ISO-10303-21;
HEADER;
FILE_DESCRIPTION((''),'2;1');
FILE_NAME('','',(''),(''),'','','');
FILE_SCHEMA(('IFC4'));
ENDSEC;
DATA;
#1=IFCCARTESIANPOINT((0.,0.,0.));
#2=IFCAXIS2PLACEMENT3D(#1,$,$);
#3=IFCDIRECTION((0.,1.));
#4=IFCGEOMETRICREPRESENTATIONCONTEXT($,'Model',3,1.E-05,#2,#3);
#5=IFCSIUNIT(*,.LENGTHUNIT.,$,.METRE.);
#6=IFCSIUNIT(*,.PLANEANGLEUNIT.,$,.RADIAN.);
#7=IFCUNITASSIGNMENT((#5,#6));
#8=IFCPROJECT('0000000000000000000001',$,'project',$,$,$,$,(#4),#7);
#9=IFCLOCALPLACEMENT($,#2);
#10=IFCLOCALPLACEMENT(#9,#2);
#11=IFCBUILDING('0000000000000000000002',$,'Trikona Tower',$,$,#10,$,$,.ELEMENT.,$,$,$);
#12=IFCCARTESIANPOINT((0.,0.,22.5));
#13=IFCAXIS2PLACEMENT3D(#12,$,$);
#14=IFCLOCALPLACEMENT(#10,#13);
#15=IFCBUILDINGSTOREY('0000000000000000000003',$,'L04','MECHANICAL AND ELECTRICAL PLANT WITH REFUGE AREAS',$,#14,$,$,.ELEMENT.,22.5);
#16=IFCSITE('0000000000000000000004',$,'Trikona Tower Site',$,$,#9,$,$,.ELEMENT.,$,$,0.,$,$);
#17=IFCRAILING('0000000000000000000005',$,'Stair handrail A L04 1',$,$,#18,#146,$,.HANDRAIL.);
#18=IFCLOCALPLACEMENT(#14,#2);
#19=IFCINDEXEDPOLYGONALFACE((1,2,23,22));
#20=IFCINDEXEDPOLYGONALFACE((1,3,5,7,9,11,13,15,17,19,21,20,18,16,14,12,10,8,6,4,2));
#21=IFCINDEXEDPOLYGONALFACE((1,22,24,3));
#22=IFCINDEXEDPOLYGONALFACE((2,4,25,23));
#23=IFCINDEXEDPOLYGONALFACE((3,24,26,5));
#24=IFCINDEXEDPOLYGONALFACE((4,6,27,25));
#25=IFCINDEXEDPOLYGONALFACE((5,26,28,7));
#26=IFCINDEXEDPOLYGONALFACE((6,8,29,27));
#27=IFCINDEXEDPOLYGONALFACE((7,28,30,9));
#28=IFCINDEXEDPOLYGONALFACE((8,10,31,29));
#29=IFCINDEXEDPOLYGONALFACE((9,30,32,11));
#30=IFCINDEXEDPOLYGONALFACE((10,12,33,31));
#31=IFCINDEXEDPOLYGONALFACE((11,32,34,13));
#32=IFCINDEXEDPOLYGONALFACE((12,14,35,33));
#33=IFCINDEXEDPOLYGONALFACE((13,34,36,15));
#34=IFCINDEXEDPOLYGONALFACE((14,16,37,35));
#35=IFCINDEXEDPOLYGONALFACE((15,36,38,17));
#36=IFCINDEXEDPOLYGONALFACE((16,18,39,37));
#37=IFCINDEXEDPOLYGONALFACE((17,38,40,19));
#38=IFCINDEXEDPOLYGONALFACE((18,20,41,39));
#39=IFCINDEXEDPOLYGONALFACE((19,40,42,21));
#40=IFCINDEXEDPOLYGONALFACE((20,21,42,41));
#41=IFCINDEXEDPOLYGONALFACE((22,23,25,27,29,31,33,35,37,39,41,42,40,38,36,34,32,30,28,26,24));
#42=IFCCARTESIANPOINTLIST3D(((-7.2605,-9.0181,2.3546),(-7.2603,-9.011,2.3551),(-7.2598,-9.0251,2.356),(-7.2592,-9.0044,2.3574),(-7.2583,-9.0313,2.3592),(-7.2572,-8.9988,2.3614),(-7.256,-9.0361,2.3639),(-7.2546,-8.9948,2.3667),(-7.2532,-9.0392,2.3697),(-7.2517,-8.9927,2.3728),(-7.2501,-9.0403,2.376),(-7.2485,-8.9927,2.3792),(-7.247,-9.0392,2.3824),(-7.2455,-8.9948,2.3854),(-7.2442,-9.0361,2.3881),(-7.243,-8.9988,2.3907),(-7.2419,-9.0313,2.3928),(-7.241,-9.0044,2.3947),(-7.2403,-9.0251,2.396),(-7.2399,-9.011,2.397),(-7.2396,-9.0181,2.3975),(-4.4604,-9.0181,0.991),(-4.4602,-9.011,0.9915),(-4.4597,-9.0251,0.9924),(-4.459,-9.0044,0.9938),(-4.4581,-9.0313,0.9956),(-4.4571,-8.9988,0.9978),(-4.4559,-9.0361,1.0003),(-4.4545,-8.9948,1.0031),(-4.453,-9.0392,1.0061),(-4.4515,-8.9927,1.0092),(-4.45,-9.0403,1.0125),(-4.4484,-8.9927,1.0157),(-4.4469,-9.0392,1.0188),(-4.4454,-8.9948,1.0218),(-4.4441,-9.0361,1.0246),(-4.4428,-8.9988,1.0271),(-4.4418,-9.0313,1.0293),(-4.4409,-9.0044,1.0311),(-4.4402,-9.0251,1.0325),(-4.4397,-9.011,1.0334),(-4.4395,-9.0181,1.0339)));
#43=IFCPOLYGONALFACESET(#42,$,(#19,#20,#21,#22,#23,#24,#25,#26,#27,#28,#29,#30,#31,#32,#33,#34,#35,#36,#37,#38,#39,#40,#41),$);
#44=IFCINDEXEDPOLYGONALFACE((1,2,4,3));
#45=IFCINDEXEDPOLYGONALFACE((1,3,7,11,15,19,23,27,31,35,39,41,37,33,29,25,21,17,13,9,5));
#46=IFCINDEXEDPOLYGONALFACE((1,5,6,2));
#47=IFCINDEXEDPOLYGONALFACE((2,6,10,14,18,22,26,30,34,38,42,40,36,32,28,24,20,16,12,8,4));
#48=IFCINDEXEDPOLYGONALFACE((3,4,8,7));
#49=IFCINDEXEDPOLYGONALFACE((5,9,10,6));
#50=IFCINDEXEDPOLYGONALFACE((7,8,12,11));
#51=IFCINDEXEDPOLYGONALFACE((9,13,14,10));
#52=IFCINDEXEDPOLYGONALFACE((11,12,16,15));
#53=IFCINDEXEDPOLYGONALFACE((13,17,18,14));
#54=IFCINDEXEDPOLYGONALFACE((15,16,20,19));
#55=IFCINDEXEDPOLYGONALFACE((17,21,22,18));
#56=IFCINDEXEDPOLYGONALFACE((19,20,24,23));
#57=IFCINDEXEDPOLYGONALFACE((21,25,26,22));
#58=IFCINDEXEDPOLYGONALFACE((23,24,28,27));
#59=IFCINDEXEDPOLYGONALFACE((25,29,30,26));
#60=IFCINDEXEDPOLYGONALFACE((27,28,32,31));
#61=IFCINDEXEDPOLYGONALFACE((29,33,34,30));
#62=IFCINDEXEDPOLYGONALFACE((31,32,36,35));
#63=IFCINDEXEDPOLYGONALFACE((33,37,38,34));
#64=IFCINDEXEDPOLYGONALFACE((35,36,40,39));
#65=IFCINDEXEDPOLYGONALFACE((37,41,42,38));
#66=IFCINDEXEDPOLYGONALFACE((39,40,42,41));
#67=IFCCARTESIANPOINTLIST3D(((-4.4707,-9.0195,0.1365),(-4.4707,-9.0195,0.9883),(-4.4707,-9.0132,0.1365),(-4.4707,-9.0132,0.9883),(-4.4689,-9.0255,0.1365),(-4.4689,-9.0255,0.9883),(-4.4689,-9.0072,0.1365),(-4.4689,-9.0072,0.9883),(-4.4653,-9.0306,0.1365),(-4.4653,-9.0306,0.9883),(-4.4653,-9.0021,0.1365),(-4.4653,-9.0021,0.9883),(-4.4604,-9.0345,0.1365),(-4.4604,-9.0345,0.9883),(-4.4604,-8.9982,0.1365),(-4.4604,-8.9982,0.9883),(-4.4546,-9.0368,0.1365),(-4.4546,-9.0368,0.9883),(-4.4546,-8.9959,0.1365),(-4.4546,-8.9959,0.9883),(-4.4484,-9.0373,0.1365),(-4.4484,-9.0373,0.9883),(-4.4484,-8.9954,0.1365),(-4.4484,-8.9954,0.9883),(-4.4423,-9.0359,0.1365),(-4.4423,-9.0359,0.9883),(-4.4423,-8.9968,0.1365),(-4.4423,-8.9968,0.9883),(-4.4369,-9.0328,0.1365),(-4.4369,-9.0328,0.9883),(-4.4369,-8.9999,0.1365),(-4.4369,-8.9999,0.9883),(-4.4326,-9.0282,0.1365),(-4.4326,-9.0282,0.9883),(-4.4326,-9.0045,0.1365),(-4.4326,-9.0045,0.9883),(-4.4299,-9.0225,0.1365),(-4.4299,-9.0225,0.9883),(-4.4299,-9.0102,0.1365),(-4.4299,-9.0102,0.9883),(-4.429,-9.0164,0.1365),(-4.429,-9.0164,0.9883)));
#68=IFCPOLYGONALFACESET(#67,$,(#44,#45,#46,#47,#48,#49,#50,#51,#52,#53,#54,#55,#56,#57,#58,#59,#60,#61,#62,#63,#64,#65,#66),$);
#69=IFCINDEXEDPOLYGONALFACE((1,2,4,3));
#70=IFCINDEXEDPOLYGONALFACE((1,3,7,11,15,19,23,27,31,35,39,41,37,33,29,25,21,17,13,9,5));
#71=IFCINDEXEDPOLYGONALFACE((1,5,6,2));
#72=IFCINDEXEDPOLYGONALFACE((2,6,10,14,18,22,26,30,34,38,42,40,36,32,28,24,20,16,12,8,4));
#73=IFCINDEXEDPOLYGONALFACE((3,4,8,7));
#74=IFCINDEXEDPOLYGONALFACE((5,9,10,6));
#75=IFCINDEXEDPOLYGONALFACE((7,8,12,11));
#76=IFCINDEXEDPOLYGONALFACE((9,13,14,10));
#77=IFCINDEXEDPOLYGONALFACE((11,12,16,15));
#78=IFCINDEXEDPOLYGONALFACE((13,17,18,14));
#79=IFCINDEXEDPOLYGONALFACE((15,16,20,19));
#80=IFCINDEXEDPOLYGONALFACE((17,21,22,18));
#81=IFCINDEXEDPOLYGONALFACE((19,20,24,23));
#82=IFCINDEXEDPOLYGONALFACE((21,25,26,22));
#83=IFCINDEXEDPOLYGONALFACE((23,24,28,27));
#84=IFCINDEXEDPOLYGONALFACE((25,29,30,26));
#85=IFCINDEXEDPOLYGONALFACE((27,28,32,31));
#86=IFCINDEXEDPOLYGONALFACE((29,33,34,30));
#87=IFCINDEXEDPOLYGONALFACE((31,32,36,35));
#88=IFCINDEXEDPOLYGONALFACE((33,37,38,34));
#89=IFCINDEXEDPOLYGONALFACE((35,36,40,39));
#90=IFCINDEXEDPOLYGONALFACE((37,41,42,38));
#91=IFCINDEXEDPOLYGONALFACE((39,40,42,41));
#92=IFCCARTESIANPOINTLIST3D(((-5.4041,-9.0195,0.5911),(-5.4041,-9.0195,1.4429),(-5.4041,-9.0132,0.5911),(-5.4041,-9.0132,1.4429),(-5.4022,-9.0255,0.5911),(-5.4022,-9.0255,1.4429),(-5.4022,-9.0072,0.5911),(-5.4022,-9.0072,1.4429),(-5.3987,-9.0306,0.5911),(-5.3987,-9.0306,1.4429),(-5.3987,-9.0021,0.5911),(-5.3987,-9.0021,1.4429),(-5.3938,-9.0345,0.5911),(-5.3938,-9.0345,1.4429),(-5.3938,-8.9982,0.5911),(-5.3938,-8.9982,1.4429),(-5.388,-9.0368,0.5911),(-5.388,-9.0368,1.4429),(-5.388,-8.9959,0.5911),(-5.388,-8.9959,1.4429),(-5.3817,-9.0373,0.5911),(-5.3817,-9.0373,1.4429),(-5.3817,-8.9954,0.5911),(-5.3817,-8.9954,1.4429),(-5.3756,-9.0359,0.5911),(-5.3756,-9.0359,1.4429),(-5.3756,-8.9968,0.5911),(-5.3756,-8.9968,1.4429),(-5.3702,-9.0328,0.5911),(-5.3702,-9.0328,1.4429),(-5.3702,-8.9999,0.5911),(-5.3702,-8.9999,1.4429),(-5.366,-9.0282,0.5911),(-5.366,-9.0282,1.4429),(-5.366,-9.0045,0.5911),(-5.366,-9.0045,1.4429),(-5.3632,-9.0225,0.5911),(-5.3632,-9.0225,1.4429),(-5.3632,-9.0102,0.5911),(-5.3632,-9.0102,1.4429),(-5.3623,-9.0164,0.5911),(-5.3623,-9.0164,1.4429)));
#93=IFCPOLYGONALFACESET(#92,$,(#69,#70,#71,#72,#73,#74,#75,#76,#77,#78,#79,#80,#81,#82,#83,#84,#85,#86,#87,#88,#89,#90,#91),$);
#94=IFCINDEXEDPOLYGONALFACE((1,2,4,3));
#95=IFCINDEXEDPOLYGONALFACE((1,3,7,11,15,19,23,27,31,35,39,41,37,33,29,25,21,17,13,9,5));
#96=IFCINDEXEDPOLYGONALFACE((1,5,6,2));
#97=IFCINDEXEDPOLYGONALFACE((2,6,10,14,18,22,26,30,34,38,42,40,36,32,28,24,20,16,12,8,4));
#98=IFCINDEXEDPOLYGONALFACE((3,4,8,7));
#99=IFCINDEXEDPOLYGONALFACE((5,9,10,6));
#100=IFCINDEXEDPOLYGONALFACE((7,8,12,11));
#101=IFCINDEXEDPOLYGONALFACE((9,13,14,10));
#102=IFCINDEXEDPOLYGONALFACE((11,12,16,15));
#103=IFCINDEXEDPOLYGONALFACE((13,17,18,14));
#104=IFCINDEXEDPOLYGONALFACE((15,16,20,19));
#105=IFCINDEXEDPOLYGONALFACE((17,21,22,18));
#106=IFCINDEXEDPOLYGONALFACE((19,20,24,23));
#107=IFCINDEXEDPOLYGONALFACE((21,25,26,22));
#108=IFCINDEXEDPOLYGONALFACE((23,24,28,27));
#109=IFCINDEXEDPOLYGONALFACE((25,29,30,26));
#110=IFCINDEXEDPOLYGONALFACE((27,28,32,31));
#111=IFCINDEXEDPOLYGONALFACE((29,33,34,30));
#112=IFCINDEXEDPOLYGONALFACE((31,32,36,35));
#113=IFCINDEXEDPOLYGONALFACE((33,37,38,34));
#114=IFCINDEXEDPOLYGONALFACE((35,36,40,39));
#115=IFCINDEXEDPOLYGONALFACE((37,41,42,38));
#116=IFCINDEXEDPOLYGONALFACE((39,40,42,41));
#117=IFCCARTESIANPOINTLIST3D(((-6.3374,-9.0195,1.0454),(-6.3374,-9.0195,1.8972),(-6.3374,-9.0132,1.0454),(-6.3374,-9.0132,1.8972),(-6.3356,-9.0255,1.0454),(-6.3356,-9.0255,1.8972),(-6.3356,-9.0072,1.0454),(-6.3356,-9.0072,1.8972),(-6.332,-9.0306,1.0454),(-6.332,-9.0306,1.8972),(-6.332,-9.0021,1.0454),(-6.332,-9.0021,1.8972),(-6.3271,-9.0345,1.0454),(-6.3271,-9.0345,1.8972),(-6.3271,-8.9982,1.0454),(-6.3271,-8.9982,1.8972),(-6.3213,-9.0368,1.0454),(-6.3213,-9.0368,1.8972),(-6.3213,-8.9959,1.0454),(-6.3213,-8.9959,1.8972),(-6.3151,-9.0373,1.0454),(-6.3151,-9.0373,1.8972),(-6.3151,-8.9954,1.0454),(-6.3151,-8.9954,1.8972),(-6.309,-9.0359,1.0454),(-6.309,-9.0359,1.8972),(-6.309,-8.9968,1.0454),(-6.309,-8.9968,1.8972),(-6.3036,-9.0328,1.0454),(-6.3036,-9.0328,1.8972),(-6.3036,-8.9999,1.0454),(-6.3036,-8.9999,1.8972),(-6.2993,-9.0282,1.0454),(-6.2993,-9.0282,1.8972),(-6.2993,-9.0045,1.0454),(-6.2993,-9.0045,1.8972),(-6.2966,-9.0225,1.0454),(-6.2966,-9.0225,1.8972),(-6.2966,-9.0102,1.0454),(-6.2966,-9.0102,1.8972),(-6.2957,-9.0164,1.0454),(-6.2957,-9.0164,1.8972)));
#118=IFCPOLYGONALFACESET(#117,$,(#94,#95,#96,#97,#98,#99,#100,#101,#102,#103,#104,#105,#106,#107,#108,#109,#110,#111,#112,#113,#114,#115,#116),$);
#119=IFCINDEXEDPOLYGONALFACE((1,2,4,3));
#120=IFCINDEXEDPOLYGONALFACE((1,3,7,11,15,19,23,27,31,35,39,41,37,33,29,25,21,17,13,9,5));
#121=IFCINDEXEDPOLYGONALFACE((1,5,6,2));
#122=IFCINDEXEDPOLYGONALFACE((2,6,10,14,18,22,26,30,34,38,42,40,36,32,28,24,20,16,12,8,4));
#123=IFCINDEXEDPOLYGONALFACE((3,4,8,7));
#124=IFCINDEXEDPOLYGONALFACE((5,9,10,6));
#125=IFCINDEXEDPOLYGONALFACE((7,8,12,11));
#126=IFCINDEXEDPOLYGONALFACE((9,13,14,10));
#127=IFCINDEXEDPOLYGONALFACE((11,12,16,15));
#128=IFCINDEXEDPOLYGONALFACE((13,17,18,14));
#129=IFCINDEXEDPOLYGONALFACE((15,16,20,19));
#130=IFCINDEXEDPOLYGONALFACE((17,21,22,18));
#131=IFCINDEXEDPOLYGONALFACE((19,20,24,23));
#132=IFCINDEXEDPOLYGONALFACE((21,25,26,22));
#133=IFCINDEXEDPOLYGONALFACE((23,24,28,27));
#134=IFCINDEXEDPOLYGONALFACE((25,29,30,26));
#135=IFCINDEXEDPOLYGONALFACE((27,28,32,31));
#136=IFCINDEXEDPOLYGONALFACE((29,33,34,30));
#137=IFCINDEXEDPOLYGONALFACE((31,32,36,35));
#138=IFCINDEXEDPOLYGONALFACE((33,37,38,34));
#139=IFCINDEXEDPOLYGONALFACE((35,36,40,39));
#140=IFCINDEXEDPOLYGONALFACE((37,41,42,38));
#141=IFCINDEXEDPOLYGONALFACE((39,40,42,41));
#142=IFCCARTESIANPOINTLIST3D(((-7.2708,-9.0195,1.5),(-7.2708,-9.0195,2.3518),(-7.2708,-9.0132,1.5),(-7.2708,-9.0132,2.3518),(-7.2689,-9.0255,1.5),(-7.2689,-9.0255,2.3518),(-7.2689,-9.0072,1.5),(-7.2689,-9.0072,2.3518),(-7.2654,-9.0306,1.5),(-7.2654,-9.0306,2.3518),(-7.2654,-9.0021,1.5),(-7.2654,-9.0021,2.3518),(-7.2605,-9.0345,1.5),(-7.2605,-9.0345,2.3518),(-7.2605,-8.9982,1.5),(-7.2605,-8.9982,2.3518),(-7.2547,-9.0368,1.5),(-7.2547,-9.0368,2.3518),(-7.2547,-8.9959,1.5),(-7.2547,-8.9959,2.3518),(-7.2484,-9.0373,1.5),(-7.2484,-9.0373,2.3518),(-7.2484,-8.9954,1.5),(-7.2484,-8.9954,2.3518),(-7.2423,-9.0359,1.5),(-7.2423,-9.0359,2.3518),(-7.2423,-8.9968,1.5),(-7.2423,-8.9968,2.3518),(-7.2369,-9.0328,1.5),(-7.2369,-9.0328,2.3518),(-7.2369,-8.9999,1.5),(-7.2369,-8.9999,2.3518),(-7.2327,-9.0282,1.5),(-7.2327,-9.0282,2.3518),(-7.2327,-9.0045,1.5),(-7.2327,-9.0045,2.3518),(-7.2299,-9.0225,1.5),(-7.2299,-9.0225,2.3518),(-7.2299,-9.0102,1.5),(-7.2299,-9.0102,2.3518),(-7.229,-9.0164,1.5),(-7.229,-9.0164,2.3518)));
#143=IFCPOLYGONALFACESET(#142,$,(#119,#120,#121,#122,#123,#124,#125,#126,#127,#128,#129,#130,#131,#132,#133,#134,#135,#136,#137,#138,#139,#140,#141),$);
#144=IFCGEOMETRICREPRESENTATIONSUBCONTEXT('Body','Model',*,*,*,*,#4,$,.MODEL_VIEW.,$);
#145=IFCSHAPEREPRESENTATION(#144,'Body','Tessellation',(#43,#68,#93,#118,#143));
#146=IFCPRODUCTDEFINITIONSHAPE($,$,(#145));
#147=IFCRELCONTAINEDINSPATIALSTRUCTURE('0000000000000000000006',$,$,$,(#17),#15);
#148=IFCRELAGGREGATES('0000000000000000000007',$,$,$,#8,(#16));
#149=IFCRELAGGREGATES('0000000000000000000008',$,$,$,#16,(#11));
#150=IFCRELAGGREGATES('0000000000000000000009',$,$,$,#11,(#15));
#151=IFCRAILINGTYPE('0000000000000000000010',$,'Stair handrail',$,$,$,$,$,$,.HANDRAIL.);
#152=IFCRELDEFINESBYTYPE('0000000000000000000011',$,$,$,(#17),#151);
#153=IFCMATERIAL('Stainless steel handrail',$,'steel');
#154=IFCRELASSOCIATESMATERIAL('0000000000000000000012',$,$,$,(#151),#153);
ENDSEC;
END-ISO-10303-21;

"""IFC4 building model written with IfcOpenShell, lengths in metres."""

from ifc_helpers import new_model, si_unit, direction, frame, origin, origin_2d, place, context, subcontext, project, spatial, circle, extrude, material, type_object, element, save


model = new_model("IFC4")

# Units and contexts
model_context = context("Model", 3, precision=1e-05, world=origin(), true_north=direction((0.0, 1.0)))
body_context = subcontext(model_context, "Body", "Model", "MODEL_VIEW")
ifc_project = project(units=[si_unit("LENGTHUNIT", "METRE"), si_unit("PLANEANGLEUNIT", "RADIAN")], contexts=[model_context])

# Site, building, storey
site_placement = place(None, origin())
site = spatial("IfcSite", under=ifc_project, at=site_placement, Name="Trikona Tower Site", CompositionType="ELEMENT", RefElevation=0.0)
building_placement = place(site_placement, origin())
building = spatial("IfcBuilding", under=site, at=building_placement, Name="Trikona Tower", CompositionType="ELEMENT")
storey_placement = place(building_placement, frame((0.0, 0.0, 22.5)))
storey = spatial("IfcBuildingStorey", under=building, at=storey_placement, Name="L04", Description="MECHANICAL AND ELECTRICAL PLANT WITH REFUGE AREAS", CompositionType="ELEMENT", Elevation=22.5)

# Railing
ifc_material_1 = material(Name="Stainless steel handrail", Category="steel")
railing_type = type_object("IfcRailingType", Name="Stair handrail", PredefinedType="HANDRAIL", material=ifc_material_1)
railing_1_placement = place(storey_placement, frame((-4.45, -9.0164, 0.1365)))
element("IfcRailing", 1, at=railing_1_placement, inside=storey, type_object=railing_type, Name="Stair handrail A L04 1", PredefinedType="HANDRAIL", context=body_context, shape_type="SweptSolid", body=[
    extrude(circle(Radius=0.0239, at=origin_2d()), frame((0.0, 0.0, 0.876), z_axis=(-0.899066, 0.0, 0.437813), x_axis=(0.0, -1.0, 0.0)), (0.0, 0.0, 1.0), 3.1145),
    extrude(circle(Radius=0.021, at=origin_2d()), origin(), (0.0, 0.0, 1.0), 0.8518),
    extrude(circle(Radius=0.021, at=origin_2d()), frame((-0.9333, 0.0, 0.4546)), (0.0, 0.0, 1.0), 0.8518),
    extrude(circle(Radius=0.021, at=origin_2d()), frame((-1.8667, 0.0, 0.9089)), (0.0, 0.0, 1.0), 0.8518),
    extrude(circle(Radius=0.021, at=origin_2d()), frame((-2.8, 0.0, 1.3635)), (0.0, 0.0, 1.0), 0.8518),
])

save(model, "model.ifc")
